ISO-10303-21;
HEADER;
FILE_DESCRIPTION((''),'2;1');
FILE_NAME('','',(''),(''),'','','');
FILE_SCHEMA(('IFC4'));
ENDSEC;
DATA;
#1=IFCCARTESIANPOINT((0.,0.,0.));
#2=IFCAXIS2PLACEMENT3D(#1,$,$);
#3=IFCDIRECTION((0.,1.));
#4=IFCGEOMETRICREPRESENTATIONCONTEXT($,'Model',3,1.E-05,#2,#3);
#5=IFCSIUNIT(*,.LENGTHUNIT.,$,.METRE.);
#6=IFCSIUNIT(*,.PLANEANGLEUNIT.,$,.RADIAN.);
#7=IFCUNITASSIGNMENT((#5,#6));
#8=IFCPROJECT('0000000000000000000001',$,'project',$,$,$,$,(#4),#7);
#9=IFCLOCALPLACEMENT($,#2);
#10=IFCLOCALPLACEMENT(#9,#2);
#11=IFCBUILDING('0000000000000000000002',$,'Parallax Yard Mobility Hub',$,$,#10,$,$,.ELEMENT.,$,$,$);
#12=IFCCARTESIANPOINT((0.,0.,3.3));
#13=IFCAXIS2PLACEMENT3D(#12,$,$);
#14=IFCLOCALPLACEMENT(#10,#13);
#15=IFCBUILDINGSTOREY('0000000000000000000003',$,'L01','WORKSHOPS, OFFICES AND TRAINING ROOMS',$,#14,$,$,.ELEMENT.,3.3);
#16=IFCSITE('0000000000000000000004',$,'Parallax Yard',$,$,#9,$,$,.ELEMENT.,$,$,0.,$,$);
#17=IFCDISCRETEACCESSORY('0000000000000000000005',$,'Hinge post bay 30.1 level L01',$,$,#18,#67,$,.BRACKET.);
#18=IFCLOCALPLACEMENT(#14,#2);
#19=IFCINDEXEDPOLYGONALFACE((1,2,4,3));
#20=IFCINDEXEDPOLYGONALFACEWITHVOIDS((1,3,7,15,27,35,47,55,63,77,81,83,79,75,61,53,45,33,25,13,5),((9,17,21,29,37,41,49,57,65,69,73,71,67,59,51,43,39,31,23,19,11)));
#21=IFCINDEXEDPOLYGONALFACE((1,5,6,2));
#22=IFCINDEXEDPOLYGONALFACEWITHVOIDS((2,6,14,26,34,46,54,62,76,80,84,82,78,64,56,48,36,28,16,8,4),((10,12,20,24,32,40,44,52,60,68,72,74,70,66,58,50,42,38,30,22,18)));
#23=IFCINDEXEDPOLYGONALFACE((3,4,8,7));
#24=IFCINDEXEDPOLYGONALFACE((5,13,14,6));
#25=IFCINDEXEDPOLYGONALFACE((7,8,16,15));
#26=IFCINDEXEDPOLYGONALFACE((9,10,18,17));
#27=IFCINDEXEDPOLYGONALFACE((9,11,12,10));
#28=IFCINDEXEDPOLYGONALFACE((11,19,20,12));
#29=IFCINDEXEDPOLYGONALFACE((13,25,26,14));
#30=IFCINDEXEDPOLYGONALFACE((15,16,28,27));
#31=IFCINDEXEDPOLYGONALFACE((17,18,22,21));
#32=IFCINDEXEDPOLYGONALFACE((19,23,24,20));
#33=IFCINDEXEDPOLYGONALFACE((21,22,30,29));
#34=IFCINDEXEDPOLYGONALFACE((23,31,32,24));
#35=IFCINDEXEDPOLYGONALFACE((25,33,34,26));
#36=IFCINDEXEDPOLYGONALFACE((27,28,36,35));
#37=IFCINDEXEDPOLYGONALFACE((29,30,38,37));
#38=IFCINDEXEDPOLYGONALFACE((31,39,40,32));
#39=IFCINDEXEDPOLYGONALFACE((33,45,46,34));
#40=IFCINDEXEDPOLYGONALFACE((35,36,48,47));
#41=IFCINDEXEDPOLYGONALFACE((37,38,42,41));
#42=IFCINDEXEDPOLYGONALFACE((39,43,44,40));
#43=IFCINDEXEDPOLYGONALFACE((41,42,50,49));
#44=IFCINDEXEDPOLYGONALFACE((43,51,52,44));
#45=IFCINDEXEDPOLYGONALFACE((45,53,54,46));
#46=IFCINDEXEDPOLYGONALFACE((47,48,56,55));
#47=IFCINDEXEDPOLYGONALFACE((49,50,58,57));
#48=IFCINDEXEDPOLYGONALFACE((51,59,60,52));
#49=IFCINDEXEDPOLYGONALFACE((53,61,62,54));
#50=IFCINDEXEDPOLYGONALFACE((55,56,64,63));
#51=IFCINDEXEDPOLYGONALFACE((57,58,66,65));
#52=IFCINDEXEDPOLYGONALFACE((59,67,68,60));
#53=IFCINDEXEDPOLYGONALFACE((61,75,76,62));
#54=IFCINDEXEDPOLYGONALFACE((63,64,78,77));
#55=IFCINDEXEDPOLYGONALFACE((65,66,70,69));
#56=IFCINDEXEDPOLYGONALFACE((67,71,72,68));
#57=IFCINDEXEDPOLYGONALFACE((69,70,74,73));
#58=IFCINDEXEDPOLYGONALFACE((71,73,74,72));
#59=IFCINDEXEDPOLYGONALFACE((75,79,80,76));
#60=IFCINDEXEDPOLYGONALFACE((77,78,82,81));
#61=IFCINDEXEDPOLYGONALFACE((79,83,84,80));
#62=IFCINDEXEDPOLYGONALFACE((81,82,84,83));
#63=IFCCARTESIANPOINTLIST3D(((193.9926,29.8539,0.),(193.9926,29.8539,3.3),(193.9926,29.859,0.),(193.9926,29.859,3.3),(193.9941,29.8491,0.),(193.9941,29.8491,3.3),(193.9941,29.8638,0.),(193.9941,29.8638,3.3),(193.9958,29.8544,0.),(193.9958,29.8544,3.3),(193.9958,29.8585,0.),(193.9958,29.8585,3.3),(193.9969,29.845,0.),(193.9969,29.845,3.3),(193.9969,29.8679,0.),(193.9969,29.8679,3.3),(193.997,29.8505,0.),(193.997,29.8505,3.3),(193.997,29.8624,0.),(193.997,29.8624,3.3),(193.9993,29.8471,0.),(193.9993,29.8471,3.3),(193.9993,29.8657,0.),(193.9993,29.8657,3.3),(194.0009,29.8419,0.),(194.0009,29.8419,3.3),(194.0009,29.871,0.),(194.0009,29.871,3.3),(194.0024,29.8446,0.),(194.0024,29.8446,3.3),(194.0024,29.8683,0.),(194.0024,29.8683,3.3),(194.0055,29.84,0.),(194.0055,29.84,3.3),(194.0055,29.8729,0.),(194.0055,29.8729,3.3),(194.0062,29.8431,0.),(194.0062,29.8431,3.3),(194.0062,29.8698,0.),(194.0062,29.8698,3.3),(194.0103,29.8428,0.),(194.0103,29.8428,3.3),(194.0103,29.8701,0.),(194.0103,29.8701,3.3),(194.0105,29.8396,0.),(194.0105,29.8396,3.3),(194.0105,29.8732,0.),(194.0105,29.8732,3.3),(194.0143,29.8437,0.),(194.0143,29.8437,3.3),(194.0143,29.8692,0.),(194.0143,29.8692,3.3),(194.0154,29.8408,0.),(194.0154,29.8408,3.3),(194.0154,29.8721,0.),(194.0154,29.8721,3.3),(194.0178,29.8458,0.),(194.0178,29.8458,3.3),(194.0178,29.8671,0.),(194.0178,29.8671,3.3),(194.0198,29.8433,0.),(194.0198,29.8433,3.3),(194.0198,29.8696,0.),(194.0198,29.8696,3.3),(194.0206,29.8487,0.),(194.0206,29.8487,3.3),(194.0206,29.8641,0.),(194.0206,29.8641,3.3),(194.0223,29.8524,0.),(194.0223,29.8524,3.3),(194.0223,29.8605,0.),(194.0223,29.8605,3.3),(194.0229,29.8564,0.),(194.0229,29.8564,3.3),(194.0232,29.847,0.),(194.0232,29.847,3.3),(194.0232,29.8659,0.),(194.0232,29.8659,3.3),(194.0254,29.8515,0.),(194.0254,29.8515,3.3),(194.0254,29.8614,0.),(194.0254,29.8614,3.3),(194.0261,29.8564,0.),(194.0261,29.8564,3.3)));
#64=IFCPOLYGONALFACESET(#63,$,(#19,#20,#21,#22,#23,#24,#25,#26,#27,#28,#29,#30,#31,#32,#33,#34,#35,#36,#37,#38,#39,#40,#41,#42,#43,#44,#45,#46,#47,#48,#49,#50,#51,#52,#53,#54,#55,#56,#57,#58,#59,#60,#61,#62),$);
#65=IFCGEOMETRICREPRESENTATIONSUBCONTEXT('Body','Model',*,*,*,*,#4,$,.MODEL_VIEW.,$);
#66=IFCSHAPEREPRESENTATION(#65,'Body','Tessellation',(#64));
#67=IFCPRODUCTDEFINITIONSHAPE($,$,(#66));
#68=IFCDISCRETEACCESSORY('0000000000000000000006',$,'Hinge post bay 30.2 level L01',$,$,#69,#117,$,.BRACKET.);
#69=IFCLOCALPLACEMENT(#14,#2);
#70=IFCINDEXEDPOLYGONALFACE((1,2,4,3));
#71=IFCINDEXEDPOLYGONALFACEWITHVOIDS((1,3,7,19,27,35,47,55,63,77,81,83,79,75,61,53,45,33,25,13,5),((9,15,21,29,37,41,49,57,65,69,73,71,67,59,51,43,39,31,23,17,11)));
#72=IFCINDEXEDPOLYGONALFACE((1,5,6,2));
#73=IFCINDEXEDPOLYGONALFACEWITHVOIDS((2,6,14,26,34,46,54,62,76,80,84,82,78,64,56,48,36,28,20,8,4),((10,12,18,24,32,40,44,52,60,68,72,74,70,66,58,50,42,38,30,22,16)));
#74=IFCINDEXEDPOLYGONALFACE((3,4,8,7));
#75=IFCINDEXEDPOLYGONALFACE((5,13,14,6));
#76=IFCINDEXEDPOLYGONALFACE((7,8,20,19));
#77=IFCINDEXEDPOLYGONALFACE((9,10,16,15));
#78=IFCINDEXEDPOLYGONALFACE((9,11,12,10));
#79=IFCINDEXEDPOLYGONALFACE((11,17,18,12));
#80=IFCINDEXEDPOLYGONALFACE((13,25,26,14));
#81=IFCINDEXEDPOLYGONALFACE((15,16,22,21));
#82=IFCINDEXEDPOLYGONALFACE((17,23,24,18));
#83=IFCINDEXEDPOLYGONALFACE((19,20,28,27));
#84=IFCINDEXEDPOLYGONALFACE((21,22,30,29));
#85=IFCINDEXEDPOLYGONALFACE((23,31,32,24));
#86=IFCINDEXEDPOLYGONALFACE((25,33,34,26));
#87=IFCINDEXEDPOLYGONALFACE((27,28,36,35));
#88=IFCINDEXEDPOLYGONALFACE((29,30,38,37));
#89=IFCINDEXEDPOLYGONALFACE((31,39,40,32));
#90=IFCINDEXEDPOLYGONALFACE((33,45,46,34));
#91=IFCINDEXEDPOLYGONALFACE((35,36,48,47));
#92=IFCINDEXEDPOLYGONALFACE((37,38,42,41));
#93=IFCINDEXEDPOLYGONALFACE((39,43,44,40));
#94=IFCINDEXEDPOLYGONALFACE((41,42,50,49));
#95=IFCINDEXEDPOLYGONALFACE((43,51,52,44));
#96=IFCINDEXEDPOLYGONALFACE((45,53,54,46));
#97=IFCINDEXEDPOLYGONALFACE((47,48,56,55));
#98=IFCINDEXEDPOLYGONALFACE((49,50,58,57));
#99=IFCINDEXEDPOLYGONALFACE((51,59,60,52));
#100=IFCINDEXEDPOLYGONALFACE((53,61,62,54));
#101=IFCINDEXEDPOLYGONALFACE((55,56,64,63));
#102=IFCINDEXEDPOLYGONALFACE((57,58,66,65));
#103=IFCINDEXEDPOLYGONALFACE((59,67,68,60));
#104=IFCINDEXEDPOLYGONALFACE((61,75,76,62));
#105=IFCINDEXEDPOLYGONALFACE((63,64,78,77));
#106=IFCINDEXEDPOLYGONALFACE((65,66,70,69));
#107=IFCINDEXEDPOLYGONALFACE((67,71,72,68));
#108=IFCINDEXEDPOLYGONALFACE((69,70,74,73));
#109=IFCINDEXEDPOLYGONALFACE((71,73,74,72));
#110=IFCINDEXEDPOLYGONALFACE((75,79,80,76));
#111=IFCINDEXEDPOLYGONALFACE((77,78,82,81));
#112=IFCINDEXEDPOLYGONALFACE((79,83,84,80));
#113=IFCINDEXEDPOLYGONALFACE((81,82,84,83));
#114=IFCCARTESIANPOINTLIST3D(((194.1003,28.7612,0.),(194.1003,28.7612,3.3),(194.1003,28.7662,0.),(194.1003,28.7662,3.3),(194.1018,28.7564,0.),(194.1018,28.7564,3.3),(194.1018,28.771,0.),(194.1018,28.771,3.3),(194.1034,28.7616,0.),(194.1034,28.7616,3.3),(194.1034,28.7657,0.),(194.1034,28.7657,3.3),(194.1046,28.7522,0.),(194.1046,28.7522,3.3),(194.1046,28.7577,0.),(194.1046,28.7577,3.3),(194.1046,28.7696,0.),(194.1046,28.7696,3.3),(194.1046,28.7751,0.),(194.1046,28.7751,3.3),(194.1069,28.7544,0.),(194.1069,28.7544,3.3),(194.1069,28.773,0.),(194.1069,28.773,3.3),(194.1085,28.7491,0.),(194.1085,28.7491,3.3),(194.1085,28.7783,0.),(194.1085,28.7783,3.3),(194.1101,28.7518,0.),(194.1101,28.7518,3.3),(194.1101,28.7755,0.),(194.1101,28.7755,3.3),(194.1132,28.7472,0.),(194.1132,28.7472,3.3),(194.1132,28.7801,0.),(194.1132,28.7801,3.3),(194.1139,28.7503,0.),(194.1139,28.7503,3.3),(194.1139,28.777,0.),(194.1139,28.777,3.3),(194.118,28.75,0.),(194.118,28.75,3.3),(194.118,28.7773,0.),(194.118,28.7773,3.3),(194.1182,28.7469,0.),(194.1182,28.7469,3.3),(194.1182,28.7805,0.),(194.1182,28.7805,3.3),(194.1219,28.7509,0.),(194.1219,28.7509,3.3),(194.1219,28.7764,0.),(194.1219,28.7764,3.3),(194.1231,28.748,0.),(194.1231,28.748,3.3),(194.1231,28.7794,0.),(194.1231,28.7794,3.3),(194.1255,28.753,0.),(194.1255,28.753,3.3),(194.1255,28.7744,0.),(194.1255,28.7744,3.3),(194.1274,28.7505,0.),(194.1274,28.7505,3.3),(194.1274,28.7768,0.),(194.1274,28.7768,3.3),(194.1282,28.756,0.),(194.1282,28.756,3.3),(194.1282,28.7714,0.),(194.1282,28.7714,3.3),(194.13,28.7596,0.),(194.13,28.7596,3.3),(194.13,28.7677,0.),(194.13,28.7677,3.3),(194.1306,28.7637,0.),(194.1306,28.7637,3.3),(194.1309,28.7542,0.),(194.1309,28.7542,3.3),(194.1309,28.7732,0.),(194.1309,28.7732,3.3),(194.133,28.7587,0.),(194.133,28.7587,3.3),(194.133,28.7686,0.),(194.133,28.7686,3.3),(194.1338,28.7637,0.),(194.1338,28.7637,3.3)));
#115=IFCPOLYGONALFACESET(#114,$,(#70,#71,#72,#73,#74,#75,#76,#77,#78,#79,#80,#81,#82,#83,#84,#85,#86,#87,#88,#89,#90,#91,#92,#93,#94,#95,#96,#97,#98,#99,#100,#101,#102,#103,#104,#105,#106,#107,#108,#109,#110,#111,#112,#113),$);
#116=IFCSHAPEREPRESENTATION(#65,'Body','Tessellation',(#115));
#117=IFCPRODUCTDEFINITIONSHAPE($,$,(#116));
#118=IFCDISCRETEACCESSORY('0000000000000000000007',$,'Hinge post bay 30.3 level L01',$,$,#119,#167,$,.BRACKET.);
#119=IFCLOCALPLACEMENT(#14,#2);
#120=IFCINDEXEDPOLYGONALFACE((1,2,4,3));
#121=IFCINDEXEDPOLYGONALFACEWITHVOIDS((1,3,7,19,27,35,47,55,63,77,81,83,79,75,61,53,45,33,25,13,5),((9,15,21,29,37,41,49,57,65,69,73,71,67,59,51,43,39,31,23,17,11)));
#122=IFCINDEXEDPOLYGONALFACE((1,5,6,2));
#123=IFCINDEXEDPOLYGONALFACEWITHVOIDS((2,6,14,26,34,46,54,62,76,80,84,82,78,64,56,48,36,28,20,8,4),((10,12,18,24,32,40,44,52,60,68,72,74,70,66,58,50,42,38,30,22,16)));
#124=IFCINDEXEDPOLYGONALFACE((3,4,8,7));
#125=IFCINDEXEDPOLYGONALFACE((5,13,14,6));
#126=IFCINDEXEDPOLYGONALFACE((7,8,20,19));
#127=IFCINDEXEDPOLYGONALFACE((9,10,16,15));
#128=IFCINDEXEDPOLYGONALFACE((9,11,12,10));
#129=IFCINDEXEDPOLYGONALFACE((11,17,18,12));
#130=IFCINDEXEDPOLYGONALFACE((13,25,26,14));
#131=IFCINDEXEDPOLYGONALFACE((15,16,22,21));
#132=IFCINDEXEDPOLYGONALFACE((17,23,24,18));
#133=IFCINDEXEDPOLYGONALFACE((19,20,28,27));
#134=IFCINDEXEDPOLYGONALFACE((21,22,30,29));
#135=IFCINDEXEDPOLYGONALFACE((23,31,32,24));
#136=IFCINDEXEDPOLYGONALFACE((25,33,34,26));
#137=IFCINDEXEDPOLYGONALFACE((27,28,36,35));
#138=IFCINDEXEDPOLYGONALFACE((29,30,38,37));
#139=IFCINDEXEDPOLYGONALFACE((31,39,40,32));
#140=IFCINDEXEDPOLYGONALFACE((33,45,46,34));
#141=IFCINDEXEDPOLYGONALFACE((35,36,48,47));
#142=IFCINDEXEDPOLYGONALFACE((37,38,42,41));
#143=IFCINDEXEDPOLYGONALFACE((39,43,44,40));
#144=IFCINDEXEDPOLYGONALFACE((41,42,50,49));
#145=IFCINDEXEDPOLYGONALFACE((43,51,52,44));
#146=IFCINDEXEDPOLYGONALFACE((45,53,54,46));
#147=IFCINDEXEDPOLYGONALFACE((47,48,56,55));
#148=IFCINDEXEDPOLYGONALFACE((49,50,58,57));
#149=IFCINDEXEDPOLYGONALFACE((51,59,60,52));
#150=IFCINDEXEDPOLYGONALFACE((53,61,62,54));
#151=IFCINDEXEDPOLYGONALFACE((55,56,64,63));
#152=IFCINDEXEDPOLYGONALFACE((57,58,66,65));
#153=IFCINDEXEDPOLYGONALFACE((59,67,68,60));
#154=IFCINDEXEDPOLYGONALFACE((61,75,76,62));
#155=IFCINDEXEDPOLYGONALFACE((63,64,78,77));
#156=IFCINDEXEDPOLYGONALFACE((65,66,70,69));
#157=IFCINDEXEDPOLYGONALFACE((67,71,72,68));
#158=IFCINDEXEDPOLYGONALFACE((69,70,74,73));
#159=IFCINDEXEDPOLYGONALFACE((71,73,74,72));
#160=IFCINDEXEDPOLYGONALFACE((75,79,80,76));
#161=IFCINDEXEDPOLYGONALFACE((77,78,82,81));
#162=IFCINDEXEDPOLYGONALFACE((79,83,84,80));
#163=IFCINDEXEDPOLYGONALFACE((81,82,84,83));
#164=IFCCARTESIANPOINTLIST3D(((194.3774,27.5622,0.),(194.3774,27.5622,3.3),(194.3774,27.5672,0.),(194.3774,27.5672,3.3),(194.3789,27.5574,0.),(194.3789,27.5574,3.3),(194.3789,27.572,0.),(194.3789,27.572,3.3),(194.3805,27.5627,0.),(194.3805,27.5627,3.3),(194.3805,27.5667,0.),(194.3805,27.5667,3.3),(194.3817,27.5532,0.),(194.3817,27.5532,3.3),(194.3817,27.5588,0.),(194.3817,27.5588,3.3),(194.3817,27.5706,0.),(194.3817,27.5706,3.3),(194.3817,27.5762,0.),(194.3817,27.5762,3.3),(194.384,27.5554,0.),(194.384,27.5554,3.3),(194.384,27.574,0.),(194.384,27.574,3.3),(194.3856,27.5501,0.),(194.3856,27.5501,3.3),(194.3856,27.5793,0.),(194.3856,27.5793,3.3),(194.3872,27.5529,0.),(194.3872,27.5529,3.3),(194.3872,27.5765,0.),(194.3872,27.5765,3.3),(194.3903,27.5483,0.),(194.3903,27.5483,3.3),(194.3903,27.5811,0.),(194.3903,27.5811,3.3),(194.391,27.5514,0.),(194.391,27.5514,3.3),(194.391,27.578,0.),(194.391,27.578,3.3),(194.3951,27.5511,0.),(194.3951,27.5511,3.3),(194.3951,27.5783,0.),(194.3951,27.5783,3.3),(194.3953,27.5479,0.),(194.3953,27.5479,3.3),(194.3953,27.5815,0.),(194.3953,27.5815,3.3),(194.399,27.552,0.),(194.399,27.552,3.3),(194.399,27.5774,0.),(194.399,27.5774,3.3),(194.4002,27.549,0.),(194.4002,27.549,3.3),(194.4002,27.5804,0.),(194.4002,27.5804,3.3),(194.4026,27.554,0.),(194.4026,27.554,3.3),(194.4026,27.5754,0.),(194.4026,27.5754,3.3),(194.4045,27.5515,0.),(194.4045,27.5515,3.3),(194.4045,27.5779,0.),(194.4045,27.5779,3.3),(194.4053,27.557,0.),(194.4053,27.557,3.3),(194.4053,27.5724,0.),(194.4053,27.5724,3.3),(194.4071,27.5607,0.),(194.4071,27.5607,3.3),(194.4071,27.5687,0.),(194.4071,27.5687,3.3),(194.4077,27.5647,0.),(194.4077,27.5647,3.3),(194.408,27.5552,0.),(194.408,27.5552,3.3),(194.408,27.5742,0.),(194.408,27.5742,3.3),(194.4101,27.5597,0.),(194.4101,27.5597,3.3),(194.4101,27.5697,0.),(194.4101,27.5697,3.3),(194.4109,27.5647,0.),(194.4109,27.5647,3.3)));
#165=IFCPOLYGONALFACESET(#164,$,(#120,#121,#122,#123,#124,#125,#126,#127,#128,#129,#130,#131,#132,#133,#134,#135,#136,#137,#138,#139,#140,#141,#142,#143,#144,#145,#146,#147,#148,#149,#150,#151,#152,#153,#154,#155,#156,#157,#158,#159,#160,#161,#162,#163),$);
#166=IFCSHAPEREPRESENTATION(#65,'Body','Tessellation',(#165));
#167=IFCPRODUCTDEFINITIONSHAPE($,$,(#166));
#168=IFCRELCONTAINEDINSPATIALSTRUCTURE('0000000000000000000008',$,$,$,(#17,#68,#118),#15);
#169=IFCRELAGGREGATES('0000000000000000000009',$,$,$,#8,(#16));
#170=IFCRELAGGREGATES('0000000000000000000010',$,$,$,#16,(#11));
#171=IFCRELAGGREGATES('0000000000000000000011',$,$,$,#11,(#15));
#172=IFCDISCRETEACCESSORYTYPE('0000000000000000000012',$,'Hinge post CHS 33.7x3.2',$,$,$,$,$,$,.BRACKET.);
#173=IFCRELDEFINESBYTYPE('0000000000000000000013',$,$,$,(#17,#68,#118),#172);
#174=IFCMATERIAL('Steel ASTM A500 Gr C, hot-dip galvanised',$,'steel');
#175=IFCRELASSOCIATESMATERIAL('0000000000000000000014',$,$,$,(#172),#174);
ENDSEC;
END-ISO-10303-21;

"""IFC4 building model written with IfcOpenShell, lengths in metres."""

from ifc_helpers import new_model, si_unit, direction, frame, origin, origin_2d, place, context, subcontext, project, spatial, hollow_circle, extrude, material, material_profile, profile_set, type_object, element, save


model = new_model("IFC4")

# Units and contexts
model_context = context("Model", 3, precision=1e-05, world=origin(), true_north=direction((0.0, 1.0)))
body_context = subcontext(model_context, "Body", "Model", "MODEL_VIEW")
ifc_project = project(units=[si_unit("LENGTHUNIT", "METRE"), si_unit("PLANEANGLEUNIT", "RADIAN")], contexts=[model_context])

# Site, building, storey
site_placement = place(None, origin())
site = spatial("IfcSite", under=ifc_project, at=site_placement, Name="Parallax Yard", CompositionType="ELEMENT", RefElevation=0.0)
building_placement = place(site_placement, origin())
building = spatial("IfcBuilding", under=site, at=building_placement, Name="Parallax Yard Mobility Hub", CompositionType="ELEMENT")
storey_placement = place(building_placement, frame((0.0, 0.0, 3.3)))
storey = spatial("IfcBuildingStorey", under=building, at=storey_placement, Name="L01", Description="WORKSHOPS, OFFICES AND TRAINING ROOMS", CompositionType="ELEMENT", Elevation=3.3)

# Discrete accessories
ifc_material_1 = material(Name="Steel ASTM A500 Gr C, hot-dip galvanised", Category="steel")
ifc_material_profile = material_profile(ifc_material_1, hollow_circle(Radius=0.0168, WallThickness=0.0032, at=origin_2d()), Name="CHS 33.7x3.2")
ifc_profile_set = profile_set([ifc_material_profile], Name="Steel ASTM A500 Gr C, hot-dip galvanised")
discrete_accessory_type_1 = type_object("IfcDiscreteAccessoryType", Name="Hinge post CHS 33.7x3.2", PredefinedType="BRACKET", material=ifc_profile_set)
for number, where, z_axis, x_axis, name in (
    (1, (194.0093, 29.8564, 0.0), (0.0, 0.0, 1.0), (1.0, 0.0, 0.0), "Hinge post bay 30.1 level L01"),
    (2, (194.1169, 28.7637, 0.0), (0.0, 0.0, 1.0), (1.0, 0.0, 0.0), "Hinge post bay 30.2 level L01"),
    (3, (194.394, 27.5647, 0.0), (0.0, 0.0, 1.0), (1.0, 0.0, 0.0), "Hinge post bay 30.3 level L01"),
):
    element("IfcDiscreteAccessory", number, at=place(storey_placement, frame(where, z_axis=z_axis, x_axis=x_axis)), inside=storey, type_object=discrete_accessory_type_1, Name=name, PredefinedType="BRACKET", context=body_context, shape_type="SweptSolid", body=[
        extrude(hollow_circle(Radius=0.0168, WallThickness=0.0032, at=origin_2d()), origin(), (0.0, 0.0, 1.0), 3.3),
    ])

save(model, "model.ifc")
